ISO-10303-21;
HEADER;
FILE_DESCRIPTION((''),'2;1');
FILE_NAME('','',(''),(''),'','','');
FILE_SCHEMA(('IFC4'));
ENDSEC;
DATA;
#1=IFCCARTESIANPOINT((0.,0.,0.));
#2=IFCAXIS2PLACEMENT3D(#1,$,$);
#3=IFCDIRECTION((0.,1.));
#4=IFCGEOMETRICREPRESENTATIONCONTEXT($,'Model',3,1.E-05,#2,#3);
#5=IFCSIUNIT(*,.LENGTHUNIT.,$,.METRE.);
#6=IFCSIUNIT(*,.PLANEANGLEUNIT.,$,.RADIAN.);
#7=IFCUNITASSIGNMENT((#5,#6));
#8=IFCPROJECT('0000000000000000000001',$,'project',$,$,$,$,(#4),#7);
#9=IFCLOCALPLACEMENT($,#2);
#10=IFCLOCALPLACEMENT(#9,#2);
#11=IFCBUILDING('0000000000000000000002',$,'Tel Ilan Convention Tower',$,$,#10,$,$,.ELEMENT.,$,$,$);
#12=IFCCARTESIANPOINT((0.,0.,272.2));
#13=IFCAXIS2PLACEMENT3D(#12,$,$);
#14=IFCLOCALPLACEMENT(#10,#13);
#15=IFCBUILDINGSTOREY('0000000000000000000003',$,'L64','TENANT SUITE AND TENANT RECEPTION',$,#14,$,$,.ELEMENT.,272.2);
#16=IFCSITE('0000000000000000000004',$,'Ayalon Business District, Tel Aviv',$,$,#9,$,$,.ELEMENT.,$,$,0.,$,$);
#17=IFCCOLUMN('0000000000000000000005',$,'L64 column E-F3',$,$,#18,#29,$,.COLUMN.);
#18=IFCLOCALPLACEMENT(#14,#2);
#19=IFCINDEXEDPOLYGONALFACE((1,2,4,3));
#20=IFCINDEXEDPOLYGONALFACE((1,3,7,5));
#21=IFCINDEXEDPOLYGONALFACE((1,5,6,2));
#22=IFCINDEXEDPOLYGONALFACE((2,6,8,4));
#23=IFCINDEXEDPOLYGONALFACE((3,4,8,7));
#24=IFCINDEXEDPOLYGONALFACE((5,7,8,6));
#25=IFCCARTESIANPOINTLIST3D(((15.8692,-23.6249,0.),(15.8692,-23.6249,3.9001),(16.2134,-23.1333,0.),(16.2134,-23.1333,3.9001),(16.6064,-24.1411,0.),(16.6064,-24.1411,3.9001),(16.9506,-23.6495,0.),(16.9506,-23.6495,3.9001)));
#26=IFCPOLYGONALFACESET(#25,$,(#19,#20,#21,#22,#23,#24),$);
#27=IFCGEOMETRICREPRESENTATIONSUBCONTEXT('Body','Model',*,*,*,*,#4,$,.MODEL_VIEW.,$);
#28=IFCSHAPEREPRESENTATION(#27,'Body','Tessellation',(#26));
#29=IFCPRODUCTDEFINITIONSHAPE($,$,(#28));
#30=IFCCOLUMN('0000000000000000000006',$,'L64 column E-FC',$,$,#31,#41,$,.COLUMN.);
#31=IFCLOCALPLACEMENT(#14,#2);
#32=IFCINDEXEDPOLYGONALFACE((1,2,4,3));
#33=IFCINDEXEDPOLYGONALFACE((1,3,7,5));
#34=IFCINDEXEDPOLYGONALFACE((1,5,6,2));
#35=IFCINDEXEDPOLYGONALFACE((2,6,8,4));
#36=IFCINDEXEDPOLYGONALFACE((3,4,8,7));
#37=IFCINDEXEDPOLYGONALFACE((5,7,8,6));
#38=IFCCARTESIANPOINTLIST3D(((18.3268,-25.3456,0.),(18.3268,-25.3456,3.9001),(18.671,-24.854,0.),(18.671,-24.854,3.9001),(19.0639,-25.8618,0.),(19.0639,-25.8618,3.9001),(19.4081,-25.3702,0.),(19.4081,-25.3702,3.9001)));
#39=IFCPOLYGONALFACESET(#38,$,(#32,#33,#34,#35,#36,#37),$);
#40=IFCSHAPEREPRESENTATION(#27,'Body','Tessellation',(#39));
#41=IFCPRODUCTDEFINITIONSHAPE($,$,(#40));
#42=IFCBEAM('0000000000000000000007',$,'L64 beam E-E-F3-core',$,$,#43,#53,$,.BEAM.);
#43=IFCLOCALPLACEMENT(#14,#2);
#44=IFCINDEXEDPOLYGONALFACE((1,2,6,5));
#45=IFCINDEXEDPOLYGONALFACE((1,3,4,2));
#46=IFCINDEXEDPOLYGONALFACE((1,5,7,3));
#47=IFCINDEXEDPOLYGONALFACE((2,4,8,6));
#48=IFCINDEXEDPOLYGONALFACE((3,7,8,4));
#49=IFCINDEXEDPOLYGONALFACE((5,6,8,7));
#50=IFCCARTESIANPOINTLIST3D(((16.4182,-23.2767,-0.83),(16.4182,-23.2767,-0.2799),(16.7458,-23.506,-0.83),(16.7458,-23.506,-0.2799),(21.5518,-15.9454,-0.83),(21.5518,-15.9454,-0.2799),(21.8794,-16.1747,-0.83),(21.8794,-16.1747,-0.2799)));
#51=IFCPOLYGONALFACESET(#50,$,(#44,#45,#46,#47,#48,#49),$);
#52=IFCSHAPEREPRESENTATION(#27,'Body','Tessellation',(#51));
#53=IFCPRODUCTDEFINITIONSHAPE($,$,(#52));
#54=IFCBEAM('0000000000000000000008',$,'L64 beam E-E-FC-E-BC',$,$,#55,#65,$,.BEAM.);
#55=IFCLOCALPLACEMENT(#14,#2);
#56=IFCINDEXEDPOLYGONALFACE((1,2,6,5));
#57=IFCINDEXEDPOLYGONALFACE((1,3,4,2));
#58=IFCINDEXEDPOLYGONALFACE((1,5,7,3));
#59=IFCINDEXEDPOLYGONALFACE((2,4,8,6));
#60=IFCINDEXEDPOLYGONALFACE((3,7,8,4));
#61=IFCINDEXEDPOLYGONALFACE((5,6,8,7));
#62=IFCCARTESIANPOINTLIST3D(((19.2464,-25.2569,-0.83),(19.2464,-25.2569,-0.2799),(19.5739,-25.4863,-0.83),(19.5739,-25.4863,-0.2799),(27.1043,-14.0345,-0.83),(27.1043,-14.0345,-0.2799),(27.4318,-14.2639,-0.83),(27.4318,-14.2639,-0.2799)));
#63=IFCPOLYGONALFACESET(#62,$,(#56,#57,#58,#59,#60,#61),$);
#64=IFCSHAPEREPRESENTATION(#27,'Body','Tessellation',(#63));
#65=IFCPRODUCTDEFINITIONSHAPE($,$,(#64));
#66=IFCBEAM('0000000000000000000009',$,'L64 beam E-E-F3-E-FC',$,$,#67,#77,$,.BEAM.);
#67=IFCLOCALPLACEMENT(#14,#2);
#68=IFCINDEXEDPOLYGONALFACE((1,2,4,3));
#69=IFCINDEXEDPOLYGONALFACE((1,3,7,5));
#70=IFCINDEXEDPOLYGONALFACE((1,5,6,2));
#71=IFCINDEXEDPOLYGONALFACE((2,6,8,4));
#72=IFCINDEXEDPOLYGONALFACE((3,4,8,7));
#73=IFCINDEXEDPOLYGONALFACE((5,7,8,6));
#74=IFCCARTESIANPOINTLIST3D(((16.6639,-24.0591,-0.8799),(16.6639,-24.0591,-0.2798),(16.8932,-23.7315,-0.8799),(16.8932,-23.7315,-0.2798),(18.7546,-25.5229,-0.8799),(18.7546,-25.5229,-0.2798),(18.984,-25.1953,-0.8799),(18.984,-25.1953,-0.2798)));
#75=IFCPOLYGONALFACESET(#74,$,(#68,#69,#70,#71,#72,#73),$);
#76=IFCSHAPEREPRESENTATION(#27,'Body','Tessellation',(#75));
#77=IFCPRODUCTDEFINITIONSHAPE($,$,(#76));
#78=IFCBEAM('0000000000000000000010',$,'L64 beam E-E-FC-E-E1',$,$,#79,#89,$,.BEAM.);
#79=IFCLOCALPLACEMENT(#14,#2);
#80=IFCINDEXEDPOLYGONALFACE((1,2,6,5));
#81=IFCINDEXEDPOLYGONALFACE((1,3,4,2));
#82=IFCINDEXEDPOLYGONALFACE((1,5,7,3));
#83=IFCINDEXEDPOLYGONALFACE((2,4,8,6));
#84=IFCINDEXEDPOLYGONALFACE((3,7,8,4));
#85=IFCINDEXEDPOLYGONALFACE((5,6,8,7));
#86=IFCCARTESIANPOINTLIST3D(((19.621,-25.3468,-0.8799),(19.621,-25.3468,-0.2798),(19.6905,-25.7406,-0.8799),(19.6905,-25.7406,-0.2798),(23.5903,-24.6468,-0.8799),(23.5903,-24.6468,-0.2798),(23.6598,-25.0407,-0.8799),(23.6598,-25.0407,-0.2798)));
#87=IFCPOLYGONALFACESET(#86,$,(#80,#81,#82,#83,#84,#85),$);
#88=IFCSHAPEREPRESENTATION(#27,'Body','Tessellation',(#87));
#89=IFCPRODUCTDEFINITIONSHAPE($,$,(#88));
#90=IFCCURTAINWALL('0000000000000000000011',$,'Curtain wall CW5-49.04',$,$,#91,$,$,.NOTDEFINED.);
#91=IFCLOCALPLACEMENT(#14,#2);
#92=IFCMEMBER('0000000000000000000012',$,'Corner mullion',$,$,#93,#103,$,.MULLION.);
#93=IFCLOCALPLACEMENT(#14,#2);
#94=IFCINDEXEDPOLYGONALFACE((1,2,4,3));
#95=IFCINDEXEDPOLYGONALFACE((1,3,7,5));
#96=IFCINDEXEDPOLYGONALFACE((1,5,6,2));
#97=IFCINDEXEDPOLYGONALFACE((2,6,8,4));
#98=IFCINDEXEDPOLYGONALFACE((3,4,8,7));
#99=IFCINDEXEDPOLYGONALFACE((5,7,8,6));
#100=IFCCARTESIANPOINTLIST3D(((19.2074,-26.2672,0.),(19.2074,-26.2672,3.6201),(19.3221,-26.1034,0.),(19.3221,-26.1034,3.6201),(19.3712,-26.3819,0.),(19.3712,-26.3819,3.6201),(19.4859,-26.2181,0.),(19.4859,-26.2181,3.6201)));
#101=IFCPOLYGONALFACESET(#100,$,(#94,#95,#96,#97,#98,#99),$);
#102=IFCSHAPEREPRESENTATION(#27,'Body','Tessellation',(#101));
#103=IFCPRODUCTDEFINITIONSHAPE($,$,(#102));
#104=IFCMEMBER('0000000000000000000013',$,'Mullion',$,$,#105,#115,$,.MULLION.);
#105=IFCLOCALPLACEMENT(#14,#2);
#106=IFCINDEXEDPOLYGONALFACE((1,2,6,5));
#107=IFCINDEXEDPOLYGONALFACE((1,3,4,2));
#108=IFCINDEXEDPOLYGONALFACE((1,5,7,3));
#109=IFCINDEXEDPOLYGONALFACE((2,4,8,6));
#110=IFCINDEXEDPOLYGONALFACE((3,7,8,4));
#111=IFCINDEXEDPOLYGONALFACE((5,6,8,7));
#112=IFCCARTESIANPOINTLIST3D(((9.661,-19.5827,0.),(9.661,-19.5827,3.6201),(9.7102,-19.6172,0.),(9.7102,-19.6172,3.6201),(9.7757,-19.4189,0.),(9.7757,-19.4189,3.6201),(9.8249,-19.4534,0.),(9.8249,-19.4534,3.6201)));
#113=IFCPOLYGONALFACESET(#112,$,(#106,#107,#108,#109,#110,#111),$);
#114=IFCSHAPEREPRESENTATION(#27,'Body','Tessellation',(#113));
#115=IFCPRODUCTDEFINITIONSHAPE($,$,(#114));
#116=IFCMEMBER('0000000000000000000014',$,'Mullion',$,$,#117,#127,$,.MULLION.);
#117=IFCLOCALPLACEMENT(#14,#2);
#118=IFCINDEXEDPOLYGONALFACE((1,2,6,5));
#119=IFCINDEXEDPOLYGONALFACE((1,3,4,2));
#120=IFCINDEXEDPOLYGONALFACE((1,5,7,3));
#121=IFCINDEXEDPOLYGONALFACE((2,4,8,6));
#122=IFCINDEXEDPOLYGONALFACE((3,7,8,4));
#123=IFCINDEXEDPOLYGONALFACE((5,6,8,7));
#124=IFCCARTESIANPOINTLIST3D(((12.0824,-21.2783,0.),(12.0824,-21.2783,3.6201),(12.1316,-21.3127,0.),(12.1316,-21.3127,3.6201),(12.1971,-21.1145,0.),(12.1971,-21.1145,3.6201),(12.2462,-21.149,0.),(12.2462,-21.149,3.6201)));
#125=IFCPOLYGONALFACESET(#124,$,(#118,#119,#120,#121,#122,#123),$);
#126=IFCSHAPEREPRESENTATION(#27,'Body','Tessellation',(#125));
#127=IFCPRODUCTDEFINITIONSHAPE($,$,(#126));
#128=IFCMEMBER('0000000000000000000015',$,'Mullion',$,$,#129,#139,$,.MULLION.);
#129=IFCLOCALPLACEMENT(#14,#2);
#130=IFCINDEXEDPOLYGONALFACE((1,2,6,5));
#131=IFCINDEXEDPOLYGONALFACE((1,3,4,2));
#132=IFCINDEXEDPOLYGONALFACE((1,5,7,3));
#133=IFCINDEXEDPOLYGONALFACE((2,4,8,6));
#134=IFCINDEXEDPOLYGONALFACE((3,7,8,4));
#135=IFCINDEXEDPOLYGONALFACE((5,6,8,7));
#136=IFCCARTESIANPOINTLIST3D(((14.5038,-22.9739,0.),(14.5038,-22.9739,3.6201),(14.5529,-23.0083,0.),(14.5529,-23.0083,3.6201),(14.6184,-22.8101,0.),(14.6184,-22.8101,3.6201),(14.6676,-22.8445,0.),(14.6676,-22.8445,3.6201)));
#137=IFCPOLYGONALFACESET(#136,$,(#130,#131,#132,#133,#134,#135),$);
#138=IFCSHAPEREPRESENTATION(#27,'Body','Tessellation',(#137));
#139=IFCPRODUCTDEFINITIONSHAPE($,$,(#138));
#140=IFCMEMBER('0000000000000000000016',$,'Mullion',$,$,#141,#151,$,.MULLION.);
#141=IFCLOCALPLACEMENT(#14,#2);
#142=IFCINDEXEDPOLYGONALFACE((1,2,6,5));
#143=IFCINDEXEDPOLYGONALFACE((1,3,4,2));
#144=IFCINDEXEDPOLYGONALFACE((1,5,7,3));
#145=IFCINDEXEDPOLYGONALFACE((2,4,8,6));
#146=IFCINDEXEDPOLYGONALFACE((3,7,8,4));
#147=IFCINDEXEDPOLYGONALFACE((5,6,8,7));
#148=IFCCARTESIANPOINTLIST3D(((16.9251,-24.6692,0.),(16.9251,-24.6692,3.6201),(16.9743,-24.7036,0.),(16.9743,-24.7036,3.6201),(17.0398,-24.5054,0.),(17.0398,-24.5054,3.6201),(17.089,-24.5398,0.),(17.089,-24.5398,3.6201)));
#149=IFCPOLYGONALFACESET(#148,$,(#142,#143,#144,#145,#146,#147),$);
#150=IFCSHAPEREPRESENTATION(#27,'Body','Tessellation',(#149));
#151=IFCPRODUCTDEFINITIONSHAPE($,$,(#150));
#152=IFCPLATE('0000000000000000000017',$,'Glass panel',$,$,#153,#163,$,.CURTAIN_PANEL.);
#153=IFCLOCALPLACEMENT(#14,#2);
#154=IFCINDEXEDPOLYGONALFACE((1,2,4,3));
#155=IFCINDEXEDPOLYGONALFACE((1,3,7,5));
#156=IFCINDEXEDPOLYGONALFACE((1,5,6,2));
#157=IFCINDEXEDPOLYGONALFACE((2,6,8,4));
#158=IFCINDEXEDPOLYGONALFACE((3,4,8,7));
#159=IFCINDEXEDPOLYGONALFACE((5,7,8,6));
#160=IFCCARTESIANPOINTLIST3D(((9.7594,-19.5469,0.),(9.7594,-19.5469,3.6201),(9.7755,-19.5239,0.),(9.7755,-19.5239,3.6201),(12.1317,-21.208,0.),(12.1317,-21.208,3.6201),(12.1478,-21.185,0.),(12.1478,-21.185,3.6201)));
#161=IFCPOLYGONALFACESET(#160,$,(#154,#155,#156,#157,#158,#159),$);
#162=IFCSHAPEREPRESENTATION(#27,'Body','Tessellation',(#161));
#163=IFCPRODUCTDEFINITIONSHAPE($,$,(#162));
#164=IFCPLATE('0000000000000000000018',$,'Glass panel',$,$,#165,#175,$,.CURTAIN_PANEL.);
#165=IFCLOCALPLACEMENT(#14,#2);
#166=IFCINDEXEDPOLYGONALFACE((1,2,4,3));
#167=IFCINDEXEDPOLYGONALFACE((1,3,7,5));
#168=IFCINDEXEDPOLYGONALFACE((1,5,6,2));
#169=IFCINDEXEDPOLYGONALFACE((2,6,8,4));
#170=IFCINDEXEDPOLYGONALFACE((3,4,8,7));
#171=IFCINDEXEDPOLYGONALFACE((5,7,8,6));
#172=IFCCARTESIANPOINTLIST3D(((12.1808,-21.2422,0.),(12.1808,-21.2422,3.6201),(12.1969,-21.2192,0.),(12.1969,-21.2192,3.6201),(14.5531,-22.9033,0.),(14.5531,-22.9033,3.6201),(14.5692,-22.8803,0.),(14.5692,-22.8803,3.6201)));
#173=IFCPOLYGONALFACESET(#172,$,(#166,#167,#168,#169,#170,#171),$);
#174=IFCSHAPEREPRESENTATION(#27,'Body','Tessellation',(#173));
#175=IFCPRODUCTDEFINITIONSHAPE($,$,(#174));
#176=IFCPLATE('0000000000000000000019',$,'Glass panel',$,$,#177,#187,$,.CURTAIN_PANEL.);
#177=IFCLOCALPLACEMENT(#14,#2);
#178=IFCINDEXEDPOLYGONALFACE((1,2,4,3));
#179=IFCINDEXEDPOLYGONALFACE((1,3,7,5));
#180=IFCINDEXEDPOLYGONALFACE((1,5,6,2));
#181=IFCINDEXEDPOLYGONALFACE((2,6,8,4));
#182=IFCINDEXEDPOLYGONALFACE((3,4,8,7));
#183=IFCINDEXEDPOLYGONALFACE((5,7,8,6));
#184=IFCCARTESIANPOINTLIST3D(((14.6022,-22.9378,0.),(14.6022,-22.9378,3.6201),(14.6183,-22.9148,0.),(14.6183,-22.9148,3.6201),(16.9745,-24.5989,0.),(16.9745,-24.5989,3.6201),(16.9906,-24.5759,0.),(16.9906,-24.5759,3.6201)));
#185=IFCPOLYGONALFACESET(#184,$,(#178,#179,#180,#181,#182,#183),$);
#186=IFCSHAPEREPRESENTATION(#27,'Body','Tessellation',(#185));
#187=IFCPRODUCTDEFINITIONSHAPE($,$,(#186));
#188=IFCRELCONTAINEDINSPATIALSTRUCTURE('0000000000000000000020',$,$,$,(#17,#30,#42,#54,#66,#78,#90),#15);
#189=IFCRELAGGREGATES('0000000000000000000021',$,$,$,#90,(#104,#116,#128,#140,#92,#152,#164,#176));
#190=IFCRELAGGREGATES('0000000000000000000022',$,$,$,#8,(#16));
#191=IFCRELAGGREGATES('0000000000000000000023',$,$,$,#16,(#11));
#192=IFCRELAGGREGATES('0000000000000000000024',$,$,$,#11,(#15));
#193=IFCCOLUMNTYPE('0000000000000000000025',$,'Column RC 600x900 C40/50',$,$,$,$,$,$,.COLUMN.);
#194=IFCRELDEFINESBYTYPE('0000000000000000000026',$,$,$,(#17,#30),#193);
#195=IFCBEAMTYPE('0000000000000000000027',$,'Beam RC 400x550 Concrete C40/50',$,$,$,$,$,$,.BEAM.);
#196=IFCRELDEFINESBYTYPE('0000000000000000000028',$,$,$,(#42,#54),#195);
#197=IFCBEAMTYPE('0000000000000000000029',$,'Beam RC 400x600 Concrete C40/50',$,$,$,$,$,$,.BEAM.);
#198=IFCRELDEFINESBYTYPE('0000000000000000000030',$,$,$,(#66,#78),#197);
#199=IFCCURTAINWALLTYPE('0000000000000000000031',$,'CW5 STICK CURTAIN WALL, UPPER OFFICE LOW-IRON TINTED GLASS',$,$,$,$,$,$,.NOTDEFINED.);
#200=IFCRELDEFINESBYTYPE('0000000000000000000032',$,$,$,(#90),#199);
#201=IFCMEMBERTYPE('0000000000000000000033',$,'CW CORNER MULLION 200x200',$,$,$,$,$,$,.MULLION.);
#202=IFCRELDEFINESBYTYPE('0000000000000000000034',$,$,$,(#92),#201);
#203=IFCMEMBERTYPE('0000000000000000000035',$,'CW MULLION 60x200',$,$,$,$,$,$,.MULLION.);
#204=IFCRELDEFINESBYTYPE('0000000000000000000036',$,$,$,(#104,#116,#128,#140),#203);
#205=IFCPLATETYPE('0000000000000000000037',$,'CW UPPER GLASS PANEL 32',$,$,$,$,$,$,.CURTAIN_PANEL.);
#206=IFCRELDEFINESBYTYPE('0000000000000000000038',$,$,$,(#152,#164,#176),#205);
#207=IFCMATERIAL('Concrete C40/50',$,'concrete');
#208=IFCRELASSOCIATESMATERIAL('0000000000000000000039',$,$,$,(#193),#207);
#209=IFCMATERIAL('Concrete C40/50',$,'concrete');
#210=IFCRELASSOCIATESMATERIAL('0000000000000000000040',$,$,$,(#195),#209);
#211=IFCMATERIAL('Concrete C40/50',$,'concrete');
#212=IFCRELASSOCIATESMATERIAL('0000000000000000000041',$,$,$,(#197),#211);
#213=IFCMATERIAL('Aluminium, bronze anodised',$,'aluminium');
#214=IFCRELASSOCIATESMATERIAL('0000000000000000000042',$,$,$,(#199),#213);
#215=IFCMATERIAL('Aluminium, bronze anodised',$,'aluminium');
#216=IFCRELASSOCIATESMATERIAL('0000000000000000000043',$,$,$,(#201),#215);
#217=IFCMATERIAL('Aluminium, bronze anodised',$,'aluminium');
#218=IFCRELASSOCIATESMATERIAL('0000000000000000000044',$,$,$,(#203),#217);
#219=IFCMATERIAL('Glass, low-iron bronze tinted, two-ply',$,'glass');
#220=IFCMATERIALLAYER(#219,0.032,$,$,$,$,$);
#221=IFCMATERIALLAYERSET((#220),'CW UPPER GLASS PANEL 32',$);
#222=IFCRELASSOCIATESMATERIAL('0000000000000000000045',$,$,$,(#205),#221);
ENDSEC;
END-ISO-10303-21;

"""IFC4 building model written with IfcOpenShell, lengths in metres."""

from ifc_helpers import new_model, si_unit, direction, frame, origin, origin_2d, place, context, subcontext, project, spatial, rectangle, extrude, material, layer, layer_set, material_profile, profile_set, type_object, element, aggregate, save


model = new_model("IFC4")

# Units and contexts
model_context = context("Model", 3, precision=1e-05, world=origin(), true_north=direction((0.0, 1.0)))
body_context = subcontext(model_context, "Body", "Model", "MODEL_VIEW")
ifc_project = project(units=[si_unit("LENGTHUNIT", "METRE"), si_unit("PLANEANGLEUNIT", "RADIAN")], contexts=[model_context])

# Site, building, storey
site_placement = place(None, origin())
site = spatial("IfcSite", under=ifc_project, at=site_placement, Name="Ayalon Business District, Tel Aviv", CompositionType="ELEMENT", RefElevation=0.0)
building_placement = place(site_placement, origin())
building = spatial("IfcBuilding", under=site, at=building_placement, Name="Tel Ilan Convention Tower", CompositionType="ELEMENT")
storey_placement = place(building_placement, frame((0.0, 0.0, 272.2)))
storey = spatial("IfcBuildingStorey", under=building, at=storey_placement, Name="L64", Description="TENANT SUITE AND TENANT RECEPTION", CompositionType="ELEMENT", Elevation=272.2)

# Columns
ifc_material_1 = material(Name="Concrete C40/50", Category="concrete")
ifc_material_profile_1 = material_profile(ifc_material_1, rectangle(XDim=0.8999, YDim=0.6001, at=origin_2d()), Name="RC 600x900")
ifc_profile_set_1 = profile_set([ifc_material_profile_1], Name="Concrete C40/50")
column_type = type_object("IfcColumnType", Name="Column RC 600x900 C40/50", PredefinedType="COLUMN", material=ifc_profile_set_1)
for number, where, z_axis, x_axis, name in (
    (1, (16.4099, -23.6372, 0.0), (0.0, 0.0, 1.0), (0.819152, -0.573576, 0.0), "L64 column E-F3"),
    (2, (18.8674, -25.3579, 0.0), (0.0, 0.0, 1.0), (0.819152, -0.573576, 0.0), "L64 column E-FC"),
):
    element("IfcColumn", number, at=place(storey_placement, frame(where, z_axis=z_axis, x_axis=x_axis)), inside=storey, type_object=column_type, Name=name, PredefinedType="COLUMN", context=body_context, shape_type="SweptSolid", body=[
        extrude(rectangle(XDim=0.8999, YDim=0.6001, at=origin_2d()), origin(), (0.0, 0.0, 1.0), 3.9001),
    ])

# Beams
ifc_material_2 = material(Name="Concrete C40/50", Category="concrete")
ifc_material_profile_2 = material_profile(ifc_material_2, rectangle(XDim=0.3999, YDim=0.55, at=origin_2d()), Name="RC 400x550")
ifc_profile_set_2 = profile_set([ifc_material_profile_2], Name="Concrete C40/50")
beam_type_1 = type_object("IfcBeamType", Name="Beam RC 400x550 Concrete C40/50", PredefinedType="BEAM", material=ifc_profile_set_2)
beam_1_placement = place(storey_placement, frame((16.582, -23.3914, -0.5549), z_axis=(0.573585, 0.819146, 0.0), x_axis=(-0.819146, 0.573585, 0.0)))
element("IfcBeam", 3, at=beam_1_placement, inside=storey, type_object=beam_type_1, Name="L64 beam E-E-F3-core", PredefinedType="BEAM", context=body_context, shape_type="SweptSolid", body=[
    extrude(rectangle(XDim=0.3999, YDim=0.55, at=origin_2d()), origin(), (0.0, 0.0, 1.0), 8.95),
])
beam_2_placement = place(storey_placement, frame((19.4102, -25.3716, -0.5549), z_axis=(0.573571, 0.819156, 0.0), x_axis=(-0.819156, 0.573571, 0.0)))
element("IfcBeam", 4, at=beam_2_placement, inside=storey, type_object=beam_type_1, Name="L64 beam E-E-FC-E-BC", PredefinedType="BEAM", context=body_context, shape_type="SweptSolid", body=[
    extrude(rectangle(XDim=0.3999, YDim=0.55, at=origin_2d()), origin(), (0.0, 0.0, 1.0), 13.7),
])
ifc_material_3 = material(Name="Concrete C40/50", Category="concrete")
ifc_material_profile_3 = material_profile(ifc_material_3, rectangle(XDim=0.3999, YDim=0.6001, at=origin_2d()), Name="RC 400x600")
ifc_profile_set_3 = profile_set([ifc_material_profile_3], Name="Concrete C40/50")
beam_type_2 = type_object("IfcBeamType", Name="Beam RC 400x600 Concrete C40/50", PredefinedType="BEAM", material=ifc_profile_set_3)
beam_3_placement = place(storey_placement, frame((16.7786, -23.8953, -0.5798), z_axis=(0.819178, -0.573539, 0.0), x_axis=(0.573539, 0.819178, 0.0)))
element("IfcBeam", 5, at=beam_3_placement, inside=storey, type_object=beam_type_2, Name="L64 beam E-E-F3-E-FC", PredefinedType="BEAM", context=body_context, shape_type="SweptSolid", body=[
    extrude(rectangle(XDim=0.3999, YDim=0.6001, at=origin_2d()), origin(), (0.0, 0.0, 1.0), 2.5522),
])
beam_4_placement = place(storey_placement, frame((19.6558, -25.5437, -0.5798), z_axis=(0.984805, 0.173664, 0.0), x_axis=(-0.173664, 0.984805, 0.0)))
element("IfcBeam", 6, at=beam_4_placement, inside=storey, type_object=beam_type_2, Name="L64 beam E-E-FC-E-E1", PredefinedType="BEAM", context=body_context, shape_type="SweptSolid", body=[
    extrude(rectangle(XDim=0.3999, YDim=0.6001, at=origin_2d()), origin(), (0.0, 0.0, 1.0), 4.0305),
])

# Curtain wall, members, plates
ifc_material_4 = material(Name="Aluminium, bronze anodised", Category="aluminium")
curtain_wall_type = type_object("IfcCurtainWallType", Name="CW5 STICK CURTAIN WALL, UPPER OFFICE LOW-IRON TINTED GLASS", PredefinedType="NOTDEFINED", material=ifc_material_4)
curtain_wall_placement = place(storey_placement, origin())
curtain_wall = element("IfcCurtainWall", 7, at=curtain_wall_placement, inside=storey, type_object=curtain_wall_type, Name="Curtain wall CW5-49.04", PredefinedType="NOTDEFINED")
ifc_material_5 = material(Name="Aluminium, bronze anodised", Category="aluminium")
ifc_material_profile_4 = material_profile(ifc_material_5, rectangle(XDim=0.2, YDim=0.2, at=origin_2d()), Name="CW CORNER MULLION 200x200")
ifc_profile_set_4 = profile_set([ifc_material_profile_4], Name="Aluminium, bronze anodised")
member_type_1 = type_object("IfcMemberType", Name="CW CORNER MULLION 200x200", PredefinedType="MULLION", material=ifc_profile_set_4)
member_1_placement = place(storey_placement, frame((19.3467, -26.2427, 0.0), z_axis=(0.0, 0.0, 1.0), x_axis=(0.819152, -0.573576, 0.0)))
member_1 = element("IfcMember", 8, at=member_1_placement, type_object=member_type_1, Name="Corner mullion", PredefinedType="MULLION", context=body_context, shape_type="SweptSolid", body=[
    extrude(rectangle(XDim=0.2, YDim=0.2, at=origin_2d()), origin(), (0.0, 0.0, 1.0), 3.6201),
])
ifc_material_6 = material(Name="Aluminium, bronze anodised", Category="aluminium")
ifc_material_profile_5 = material_profile(ifc_material_6, rectangle(XDim=0.0601, YDim=0.2, at=origin_2d()), Name="CW MULLION 60x200")
ifc_profile_set_5 = profile_set([ifc_material_profile_5], Name="Aluminium, bronze anodised")
member_type_2 = type_object("IfcMemberType", Name="CW MULLION 60x200", PredefinedType="MULLION", material=ifc_profile_set_5)
member_2_placement = place(storey_placement, frame((9.7429, -19.5181, 0.0), z_axis=(0.0, 0.0, 1.0), x_axis=(0.819152, -0.573576, 0.0)))
member_2 = element("IfcMember", 9, at=member_2_placement, type_object=member_type_2, Name="Mullion", PredefinedType="MULLION", context=body_context, shape_type="SweptSolid", body=[
    extrude(rectangle(XDim=0.0601, YDim=0.2, at=origin_2d()), origin(), (0.0, 0.0, 1.0), 3.6201),
])
member_3_placement = place(storey_placement, frame((12.1643, -21.2136, 0.0), z_axis=(0.0, 0.0, 1.0), x_axis=(0.819152, -0.573576, 0.0)))
member_3 = element("IfcMember", 10, at=member_3_placement, type_object=member_type_2, Name="Mullion", PredefinedType="MULLION", context=body_context, shape_type="SweptSolid", body=[
    extrude(rectangle(XDim=0.0601, YDim=0.2, at=origin_2d()), origin(), (0.0, 0.0, 1.0), 3.6201),
])
member_4_placement = place(storey_placement, frame((14.5857, -22.9092, 0.0), z_axis=(0.0, 0.0, 1.0), x_axis=(0.819152, -0.573576, 0.0)))
member_4 = element("IfcMember", 11, at=member_4_placement, type_object=member_type_2, Name="Mullion", PredefinedType="MULLION", context=body_context, shape_type="SweptSolid", body=[
    extrude(rectangle(XDim=0.0601, YDim=0.2, at=origin_2d()), origin(), (0.0, 0.0, 1.0), 3.6201),
])
member_5_placement = place(storey_placement, frame((17.0071, -24.6045, 0.0), z_axis=(0.0, 0.0, 1.0), x_axis=(0.819152, -0.573576, 0.0)))
member_5 = element("IfcMember", 12, at=member_5_placement, type_object=member_type_2, Name="Mullion", PredefinedType="MULLION", context=body_context, shape_type="SweptSolid", body=[
    extrude(rectangle(XDim=0.0601, YDim=0.2, at=origin_2d()), origin(), (0.0, 0.0, 1.0), 3.6201),
])
ifc_material_7 = material(Name="Glass, low-iron bronze tinted, two-ply", Category="glass")
ifc_layer_1 = layer(ifc_material_7, 0.032)
ifc_layer_set_1 = layer_set([ifc_layer_1], Name="CW UPPER GLASS PANEL 32")
plate_type = type_object("IfcPlateType", Name="CW UPPER GLASS PANEL 32", PredefinedType="CURTAIN_PANEL", material=ifc_layer_set_1)
plate_1_placement = place(storey_placement, frame((10.9536, -20.366, 0.0), z_axis=(0.0, 0.0, 1.0), x_axis=(0.819152, -0.573576, 0.0)))
plate_1 = element("IfcPlate", 13, at=plate_1_placement, type_object=plate_type, Name="Glass panel", PredefinedType="CURTAIN_PANEL", context=body_context, shape_type="SweptSolid", body=[
    extrude(rectangle(XDim=2.896, YDim=0.0281, at=origin_2d()), origin(), (0.0, 0.0, 1.0), 3.6201),
])
plate_2_placement = place(storey_placement, frame((13.375, -22.0613, 0.0), z_axis=(0.0, 0.0, 1.0), x_axis=(0.819152, -0.573576, 0.0)))
plate_2 = element("IfcPlate", 14, at=plate_2_placement, type_object=plate_type, Name="Glass panel", PredefinedType="CURTAIN_PANEL", context=body_context, shape_type="SweptSolid", body=[
    extrude(rectangle(XDim=2.896, YDim=0.0281, at=origin_2d()), origin(), (0.0, 0.0, 1.0), 3.6201),
])
plate_3_placement = place(storey_placement, frame((15.7964, -23.7568, 0.0), z_axis=(0.0, 0.0, 1.0), x_axis=(0.819152, -0.573576, 0.0)))
plate_3 = element("IfcPlate", 15, at=plate_3_placement, type_object=plate_type, Name="Glass panel", PredefinedType="CURTAIN_PANEL", context=body_context, shape_type="SweptSolid", body=[
    extrude(rectangle(XDim=2.896, YDim=0.0281, at=origin_2d()), origin(), (0.0, 0.0, 1.0), 3.6201),
])
aggregate(curtain_wall, [member_2, member_3, member_4, member_5, member_1, plate_1, plate_2, plate_3])

save(model, "model.ifc")
